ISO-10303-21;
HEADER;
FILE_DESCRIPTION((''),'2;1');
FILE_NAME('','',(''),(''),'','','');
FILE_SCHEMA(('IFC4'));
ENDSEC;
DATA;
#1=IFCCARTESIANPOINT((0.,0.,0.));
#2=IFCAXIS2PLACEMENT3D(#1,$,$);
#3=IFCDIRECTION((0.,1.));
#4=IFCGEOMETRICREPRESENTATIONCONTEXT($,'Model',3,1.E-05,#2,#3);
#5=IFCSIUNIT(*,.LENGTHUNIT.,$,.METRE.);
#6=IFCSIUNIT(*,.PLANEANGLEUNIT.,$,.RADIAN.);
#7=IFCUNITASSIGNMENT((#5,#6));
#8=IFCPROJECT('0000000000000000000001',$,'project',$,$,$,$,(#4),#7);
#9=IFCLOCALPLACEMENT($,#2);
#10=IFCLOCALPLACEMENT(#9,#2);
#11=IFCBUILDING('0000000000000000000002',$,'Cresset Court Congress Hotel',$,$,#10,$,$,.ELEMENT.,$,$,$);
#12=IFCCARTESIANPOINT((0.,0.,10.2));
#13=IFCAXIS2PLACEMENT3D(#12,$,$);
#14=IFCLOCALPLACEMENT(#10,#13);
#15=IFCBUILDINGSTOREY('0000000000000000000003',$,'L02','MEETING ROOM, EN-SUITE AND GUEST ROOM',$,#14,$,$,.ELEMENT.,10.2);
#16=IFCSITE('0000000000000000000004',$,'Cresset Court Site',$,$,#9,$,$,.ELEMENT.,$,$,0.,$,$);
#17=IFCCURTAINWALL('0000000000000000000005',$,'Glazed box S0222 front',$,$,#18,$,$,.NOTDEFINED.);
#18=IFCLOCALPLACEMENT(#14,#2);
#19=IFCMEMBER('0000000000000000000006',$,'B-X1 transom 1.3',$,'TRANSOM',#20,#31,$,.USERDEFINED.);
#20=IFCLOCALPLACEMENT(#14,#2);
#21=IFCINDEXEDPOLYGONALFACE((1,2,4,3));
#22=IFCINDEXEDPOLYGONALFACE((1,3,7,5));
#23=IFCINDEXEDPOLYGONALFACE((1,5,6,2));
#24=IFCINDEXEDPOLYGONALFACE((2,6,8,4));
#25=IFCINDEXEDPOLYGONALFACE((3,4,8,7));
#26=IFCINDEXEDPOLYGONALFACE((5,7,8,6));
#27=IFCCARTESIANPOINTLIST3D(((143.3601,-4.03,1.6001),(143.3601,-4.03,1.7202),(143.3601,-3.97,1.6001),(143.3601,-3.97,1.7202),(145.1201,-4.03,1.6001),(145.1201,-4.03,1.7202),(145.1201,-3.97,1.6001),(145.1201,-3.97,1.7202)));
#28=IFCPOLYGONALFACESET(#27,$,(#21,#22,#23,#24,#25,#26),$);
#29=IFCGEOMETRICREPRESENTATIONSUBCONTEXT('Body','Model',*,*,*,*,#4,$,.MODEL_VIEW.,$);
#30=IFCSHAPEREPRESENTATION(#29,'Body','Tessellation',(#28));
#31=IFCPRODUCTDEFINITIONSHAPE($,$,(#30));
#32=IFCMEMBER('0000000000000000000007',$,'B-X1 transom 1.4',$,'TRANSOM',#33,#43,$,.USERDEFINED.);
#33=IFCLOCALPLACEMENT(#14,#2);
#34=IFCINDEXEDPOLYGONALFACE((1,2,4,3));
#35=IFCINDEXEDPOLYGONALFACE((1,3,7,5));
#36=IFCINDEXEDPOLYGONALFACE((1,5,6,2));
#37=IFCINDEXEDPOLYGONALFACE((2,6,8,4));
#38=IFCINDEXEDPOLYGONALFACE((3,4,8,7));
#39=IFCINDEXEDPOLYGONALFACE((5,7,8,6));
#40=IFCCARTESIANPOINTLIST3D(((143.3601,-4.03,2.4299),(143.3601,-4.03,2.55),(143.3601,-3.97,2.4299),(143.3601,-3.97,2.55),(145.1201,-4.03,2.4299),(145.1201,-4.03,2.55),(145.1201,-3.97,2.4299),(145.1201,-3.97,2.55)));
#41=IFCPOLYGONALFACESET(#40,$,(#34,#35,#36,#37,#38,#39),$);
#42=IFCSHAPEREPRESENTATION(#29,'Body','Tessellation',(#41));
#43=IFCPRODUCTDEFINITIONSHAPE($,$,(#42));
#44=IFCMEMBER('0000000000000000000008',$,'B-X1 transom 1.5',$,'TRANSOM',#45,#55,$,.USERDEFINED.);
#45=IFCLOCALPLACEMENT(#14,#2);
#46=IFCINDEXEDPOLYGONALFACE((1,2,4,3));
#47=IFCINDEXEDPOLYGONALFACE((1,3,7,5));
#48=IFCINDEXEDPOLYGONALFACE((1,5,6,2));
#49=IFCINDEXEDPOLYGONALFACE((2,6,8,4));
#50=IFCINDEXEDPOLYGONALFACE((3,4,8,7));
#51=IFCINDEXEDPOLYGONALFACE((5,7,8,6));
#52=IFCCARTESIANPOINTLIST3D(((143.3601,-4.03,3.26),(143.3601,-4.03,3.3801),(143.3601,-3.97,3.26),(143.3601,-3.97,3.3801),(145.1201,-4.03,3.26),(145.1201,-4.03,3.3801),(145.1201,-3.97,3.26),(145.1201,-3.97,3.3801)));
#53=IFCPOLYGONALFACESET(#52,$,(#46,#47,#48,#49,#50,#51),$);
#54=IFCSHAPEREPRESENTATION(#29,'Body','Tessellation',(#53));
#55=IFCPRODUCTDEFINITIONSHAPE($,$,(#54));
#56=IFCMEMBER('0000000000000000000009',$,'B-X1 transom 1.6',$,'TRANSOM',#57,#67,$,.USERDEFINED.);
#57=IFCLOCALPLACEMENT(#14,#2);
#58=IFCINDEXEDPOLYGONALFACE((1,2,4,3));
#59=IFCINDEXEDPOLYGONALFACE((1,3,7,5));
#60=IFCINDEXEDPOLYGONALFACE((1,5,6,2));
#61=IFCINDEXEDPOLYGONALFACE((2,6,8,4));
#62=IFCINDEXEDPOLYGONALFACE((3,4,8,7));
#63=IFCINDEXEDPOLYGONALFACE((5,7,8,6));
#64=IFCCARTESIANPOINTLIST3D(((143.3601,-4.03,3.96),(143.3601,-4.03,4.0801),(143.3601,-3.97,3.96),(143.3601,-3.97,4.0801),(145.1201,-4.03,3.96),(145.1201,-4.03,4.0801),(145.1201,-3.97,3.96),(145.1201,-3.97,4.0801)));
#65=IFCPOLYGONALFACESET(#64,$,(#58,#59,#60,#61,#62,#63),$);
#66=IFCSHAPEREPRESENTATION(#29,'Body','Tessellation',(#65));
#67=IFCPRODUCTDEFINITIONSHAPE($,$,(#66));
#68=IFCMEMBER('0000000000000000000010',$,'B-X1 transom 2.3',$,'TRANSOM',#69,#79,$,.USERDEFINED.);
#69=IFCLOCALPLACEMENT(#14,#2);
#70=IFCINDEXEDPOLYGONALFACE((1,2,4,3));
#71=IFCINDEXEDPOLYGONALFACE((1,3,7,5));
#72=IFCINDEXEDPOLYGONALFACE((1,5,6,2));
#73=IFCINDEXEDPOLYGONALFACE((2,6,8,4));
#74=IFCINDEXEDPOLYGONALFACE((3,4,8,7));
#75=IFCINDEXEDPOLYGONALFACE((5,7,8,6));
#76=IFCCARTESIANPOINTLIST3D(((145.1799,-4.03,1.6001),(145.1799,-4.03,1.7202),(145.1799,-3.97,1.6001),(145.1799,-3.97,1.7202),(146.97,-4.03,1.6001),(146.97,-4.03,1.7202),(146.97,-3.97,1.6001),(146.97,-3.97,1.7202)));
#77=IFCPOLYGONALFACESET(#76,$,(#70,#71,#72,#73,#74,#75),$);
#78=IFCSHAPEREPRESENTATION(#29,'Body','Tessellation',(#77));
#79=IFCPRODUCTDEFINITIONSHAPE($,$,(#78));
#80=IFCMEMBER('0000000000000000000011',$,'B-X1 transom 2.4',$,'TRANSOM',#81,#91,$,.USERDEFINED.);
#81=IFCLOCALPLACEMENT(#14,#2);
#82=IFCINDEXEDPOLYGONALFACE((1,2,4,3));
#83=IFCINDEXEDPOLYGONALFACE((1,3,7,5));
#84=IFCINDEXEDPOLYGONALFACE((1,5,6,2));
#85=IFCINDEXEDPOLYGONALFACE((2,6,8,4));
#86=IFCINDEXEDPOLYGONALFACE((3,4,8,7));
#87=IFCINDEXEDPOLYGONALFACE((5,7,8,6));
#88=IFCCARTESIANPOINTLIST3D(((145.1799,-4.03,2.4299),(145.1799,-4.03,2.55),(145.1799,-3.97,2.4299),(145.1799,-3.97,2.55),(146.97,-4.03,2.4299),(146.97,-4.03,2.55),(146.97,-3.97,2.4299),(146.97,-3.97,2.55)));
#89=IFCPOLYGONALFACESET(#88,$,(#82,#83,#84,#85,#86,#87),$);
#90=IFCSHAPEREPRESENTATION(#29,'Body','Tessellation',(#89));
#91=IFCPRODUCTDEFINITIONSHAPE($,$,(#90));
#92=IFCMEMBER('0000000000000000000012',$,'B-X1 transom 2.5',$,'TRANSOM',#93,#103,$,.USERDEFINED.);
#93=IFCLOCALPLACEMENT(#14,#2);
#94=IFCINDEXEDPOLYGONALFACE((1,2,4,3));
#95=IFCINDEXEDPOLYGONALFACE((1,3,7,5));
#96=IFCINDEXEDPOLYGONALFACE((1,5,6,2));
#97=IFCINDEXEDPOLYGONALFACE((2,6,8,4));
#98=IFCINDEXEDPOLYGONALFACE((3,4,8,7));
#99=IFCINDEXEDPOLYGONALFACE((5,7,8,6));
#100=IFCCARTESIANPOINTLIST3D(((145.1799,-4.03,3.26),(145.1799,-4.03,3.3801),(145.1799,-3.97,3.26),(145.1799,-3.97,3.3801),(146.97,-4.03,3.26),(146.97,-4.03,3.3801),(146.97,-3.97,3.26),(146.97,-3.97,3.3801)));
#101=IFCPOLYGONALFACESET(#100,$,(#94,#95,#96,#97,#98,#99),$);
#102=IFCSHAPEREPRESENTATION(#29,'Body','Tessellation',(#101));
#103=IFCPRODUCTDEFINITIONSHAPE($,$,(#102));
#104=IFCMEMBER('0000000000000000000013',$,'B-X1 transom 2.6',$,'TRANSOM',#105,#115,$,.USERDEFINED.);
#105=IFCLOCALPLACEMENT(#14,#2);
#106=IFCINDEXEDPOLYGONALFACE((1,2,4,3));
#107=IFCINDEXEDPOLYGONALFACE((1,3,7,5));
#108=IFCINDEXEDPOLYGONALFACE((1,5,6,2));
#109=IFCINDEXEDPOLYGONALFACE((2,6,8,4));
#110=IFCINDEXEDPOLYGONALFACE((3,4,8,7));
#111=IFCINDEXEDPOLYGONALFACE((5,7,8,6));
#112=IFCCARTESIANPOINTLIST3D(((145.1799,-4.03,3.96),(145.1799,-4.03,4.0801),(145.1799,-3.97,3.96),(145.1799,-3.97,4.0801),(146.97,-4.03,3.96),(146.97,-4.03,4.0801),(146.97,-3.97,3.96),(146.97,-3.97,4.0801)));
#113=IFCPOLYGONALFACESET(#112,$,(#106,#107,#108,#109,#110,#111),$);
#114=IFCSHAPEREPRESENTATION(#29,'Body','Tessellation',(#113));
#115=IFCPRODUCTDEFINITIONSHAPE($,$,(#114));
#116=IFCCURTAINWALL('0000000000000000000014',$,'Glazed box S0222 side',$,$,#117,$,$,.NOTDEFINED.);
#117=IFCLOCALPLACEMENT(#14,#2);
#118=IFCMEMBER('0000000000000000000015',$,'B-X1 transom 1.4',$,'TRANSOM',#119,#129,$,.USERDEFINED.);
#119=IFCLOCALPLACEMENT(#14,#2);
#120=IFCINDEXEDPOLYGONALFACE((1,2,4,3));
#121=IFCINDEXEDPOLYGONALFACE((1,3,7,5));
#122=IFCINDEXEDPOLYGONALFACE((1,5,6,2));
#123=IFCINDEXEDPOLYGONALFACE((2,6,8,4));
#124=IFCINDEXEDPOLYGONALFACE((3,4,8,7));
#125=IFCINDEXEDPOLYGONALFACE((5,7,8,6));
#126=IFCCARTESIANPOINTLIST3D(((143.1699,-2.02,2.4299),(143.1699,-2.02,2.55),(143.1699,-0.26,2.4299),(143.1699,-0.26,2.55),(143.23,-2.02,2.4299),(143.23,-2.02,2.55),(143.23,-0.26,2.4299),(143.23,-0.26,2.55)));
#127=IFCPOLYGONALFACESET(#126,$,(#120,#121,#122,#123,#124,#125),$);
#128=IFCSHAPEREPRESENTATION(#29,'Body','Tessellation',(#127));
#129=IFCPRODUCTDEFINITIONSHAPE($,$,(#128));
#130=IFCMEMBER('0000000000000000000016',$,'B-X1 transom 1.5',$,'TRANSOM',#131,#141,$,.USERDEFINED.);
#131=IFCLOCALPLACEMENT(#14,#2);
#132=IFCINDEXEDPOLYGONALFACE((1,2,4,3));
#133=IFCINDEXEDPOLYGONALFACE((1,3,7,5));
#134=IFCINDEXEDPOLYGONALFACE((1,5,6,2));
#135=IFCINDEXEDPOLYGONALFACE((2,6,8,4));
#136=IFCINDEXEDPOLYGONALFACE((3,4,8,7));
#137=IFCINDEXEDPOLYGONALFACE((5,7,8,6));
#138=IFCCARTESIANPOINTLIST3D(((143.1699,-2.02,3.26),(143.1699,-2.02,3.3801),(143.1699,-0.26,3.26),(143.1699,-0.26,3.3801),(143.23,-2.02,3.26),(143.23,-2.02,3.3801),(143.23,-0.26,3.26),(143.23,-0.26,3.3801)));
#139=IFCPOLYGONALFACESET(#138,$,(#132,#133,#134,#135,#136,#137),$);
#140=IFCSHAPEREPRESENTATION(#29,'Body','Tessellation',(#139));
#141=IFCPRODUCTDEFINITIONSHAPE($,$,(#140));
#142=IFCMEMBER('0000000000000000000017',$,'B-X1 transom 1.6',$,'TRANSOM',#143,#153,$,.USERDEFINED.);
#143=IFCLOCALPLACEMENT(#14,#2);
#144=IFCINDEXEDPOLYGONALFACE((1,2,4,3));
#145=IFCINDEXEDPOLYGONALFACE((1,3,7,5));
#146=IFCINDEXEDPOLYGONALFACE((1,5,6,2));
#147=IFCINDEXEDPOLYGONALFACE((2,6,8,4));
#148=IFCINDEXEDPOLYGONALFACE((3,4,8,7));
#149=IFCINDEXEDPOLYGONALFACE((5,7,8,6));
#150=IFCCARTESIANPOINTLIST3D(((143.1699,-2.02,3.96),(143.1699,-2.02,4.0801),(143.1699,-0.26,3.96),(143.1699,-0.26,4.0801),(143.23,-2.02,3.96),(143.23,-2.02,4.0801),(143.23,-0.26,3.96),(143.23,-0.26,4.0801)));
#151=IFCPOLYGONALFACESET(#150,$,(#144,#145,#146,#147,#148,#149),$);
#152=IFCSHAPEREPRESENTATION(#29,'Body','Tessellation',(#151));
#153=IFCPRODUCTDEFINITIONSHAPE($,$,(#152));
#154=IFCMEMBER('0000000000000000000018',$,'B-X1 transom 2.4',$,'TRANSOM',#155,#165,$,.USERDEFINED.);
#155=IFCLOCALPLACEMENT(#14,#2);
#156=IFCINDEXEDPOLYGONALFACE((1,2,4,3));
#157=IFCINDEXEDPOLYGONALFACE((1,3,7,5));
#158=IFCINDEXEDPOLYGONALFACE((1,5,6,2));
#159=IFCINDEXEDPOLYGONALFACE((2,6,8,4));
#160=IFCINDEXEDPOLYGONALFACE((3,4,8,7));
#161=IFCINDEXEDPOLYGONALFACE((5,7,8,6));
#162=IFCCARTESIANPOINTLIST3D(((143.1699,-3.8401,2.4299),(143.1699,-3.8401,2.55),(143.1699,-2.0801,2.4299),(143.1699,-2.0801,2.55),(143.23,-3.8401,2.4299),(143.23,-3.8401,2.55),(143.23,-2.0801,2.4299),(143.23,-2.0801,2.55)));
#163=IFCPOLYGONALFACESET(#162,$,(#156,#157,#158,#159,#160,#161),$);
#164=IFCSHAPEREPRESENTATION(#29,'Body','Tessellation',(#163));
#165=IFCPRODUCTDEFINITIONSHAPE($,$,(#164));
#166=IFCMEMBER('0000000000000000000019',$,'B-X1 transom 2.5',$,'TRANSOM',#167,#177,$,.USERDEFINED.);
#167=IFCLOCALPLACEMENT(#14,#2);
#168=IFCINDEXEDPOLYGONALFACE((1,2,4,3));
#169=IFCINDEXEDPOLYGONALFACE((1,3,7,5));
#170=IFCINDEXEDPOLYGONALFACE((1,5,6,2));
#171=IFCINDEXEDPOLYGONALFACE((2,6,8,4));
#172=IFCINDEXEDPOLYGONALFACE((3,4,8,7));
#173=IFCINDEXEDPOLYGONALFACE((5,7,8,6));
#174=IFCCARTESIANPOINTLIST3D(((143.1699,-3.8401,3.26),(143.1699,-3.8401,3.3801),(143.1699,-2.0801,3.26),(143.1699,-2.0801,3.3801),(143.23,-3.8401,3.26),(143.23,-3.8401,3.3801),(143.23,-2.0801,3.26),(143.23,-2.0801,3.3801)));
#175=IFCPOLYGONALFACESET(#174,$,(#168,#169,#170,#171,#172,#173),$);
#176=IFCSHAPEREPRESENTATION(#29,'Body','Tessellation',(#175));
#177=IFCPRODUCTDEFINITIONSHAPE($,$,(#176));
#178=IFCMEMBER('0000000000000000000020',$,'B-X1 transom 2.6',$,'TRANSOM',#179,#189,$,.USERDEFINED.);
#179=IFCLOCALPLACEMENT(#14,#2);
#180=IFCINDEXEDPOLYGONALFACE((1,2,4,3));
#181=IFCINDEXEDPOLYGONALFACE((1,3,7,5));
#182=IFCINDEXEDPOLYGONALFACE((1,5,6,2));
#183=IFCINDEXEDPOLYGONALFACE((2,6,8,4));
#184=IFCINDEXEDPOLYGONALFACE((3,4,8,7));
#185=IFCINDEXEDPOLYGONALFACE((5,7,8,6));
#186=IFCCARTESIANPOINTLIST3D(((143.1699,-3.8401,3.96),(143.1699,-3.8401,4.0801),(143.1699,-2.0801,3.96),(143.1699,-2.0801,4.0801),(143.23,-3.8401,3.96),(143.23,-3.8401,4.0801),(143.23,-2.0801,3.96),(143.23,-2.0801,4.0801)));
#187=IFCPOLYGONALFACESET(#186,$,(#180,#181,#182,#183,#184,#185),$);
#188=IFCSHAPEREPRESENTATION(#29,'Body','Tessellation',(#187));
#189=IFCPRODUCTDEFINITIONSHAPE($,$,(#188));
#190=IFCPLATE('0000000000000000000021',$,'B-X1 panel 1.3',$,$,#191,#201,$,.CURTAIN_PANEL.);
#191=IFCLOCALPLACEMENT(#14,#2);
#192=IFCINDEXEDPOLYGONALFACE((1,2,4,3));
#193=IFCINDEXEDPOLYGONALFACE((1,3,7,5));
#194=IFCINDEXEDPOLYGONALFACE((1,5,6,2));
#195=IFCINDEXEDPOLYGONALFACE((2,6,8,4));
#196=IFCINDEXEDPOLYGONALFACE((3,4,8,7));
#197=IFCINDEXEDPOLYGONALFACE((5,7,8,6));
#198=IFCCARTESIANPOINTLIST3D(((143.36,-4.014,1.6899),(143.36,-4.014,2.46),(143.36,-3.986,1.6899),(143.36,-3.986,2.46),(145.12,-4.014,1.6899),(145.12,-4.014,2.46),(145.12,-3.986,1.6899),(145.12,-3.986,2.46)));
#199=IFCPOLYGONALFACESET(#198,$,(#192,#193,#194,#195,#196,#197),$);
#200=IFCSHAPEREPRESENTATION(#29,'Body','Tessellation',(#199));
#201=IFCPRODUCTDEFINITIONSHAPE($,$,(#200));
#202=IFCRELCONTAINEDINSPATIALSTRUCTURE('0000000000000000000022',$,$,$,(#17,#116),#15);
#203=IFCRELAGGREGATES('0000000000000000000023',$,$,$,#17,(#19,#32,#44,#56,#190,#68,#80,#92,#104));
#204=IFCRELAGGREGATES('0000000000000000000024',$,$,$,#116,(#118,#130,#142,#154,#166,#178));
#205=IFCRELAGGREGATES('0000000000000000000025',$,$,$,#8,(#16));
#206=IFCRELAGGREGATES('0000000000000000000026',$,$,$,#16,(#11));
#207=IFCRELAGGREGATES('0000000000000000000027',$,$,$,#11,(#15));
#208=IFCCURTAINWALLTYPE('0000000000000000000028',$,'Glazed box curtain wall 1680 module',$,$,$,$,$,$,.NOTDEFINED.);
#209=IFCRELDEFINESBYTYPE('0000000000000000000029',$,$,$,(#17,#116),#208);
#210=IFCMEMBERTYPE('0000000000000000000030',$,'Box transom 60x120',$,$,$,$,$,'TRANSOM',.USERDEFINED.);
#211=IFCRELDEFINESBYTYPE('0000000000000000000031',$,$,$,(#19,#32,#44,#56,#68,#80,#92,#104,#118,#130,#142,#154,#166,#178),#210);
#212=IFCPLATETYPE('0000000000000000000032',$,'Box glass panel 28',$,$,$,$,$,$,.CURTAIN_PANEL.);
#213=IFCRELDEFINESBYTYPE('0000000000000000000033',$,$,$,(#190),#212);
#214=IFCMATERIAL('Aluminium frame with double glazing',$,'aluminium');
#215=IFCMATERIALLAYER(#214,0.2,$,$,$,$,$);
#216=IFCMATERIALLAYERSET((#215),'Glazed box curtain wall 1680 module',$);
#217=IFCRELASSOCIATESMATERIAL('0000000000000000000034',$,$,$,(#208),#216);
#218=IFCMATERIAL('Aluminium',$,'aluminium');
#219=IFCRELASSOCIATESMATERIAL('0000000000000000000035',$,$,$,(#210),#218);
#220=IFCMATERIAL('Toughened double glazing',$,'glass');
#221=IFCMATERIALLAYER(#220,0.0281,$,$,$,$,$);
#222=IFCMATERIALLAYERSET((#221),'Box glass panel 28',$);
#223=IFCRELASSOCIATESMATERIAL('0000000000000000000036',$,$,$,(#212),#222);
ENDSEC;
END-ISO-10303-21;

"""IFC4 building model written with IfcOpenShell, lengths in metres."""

from ifc_helpers import new_model, si_unit, direction, frame, origin, origin_2d, place, context, subcontext, project, spatial, rectangle, extrude, material, layer, layer_set, material_profile, profile_set, type_object, element, aggregate, save


model = new_model("IFC4")

# Units and contexts
model_context = context("Model", 3, precision=1e-05, world=origin(), true_north=direction((0.0, 1.0)))
body_context = subcontext(model_context, "Body", "Model", "MODEL_VIEW")
ifc_project = project(units=[si_unit("LENGTHUNIT", "METRE"), si_unit("PLANEANGLEUNIT", "RADIAN")], contexts=[model_context])

# Site, building, storey
site_placement = place(None, origin())
site = spatial("IfcSite", under=ifc_project, at=site_placement, Name="Cresset Court Site", CompositionType="ELEMENT", RefElevation=0.0)
building_placement = place(site_placement, origin())
building = spatial("IfcBuilding", under=site, at=building_placement, Name="Cresset Court Congress Hotel", CompositionType="ELEMENT")
storey_placement = place(building_placement, frame((0.0, 0.0, 10.2)))
storey = spatial("IfcBuildingStorey", under=building, at=storey_placement, Name="L02", Description="MEETING ROOM, EN-SUITE AND GUEST ROOM", CompositionType="ELEMENT", Elevation=10.2)

# Curtain walls, members
ifc_material_1 = material(Name="Aluminium frame with double glazing", Category="aluminium")
ifc_layer_1 = layer(ifc_material_1, 0.2)
ifc_layer_set_1 = layer_set([ifc_layer_1], Name="Glazed box curtain wall 1680 module")
curtain_wall_type = type_object("IfcCurtainWallType", Name="Glazed box curtain wall 1680 module", PredefinedType="NOTDEFINED", material=ifc_layer_set_1)
curtain_wall_1_placement = place(storey_placement, origin())
curtain_wall_1 = element("IfcCurtainWall", 1, at=curtain_wall_1_placement, inside=storey, type_object=curtain_wall_type, Name="Glazed box S0222 front", PredefinedType="NOTDEFINED")
ifc_material_2 = material(Name="Aluminium", Category="aluminium")
ifc_material_profile = material_profile(ifc_material_2, rectangle(XDim=0.0601, YDim=0.1201, at=origin_2d()), Name="Box transom 60x120")
ifc_profile_set = profile_set([ifc_material_profile], Name="Aluminium")
member_type = type_object("IfcMemberType", Name="Box transom 60x120", ElementType="TRANSOM", PredefinedType="USERDEFINED", material=ifc_profile_set)
member_1_placement = place(storey_placement, frame((143.3601, -4.0, 1.6602), z_axis=(1.0, 0.0, 0.0), x_axis=(0.0, 1.0, 0.0)))
member_1 = element("IfcMember", 2, at=member_1_placement, type_object=member_type, Name="B-X1 transom 1.3", ObjectType="TRANSOM", PredefinedType="USERDEFINED", context=body_context, shape_type="SweptSolid", body=[
    extrude(rectangle(XDim=0.0601, YDim=0.1201, at=origin_2d()), origin(), (0.0, 0.0, 1.0), 1.76),
])
member_2_placement = place(storey_placement, frame((143.3601, -4.0, 2.49), z_axis=(1.0, 0.0, 0.0), x_axis=(0.0, 1.0, 0.0)))
member_2 = element("IfcMember", 3, at=member_2_placement, type_object=member_type, Name="B-X1 transom 1.4", ObjectType="TRANSOM", PredefinedType="USERDEFINED", context=body_context, shape_type="SweptSolid", body=[
    extrude(rectangle(XDim=0.0601, YDim=0.1201, at=origin_2d()), origin(), (0.0, 0.0, 1.0), 1.76),
])
member_3_placement = place(storey_placement, frame((143.3601, -4.0, 3.3201), z_axis=(1.0, 0.0, 0.0), x_axis=(0.0, 1.0, 0.0)))
member_3 = element("IfcMember", 4, at=member_3_placement, type_object=member_type, Name="B-X1 transom 1.5", ObjectType="TRANSOM", PredefinedType="USERDEFINED", context=body_context, shape_type="SweptSolid", body=[
    extrude(rectangle(XDim=0.0601, YDim=0.1201, at=origin_2d()), origin(), (0.0, 0.0, 1.0), 1.76),
])
member_4_placement = place(storey_placement, frame((143.3601, -4.0, 4.02), z_axis=(1.0, 0.0, 0.0), x_axis=(0.0, 1.0, 0.0)))
member_4 = element("IfcMember", 5, at=member_4_placement, type_object=member_type, Name="B-X1 transom 1.6", ObjectType="TRANSOM", PredefinedType="USERDEFINED", context=body_context, shape_type="SweptSolid", body=[
    extrude(rectangle(XDim=0.0601, YDim=0.1201, at=origin_2d()), origin(), (0.0, 0.0, 1.0), 1.76),
])
member_5_placement = place(storey_placement, frame((145.1799, -4.0, 1.6602), z_axis=(1.0, 0.0, 0.0), x_axis=(0.0, 1.0, 0.0)))
member_5 = element("IfcMember", 6, at=member_5_placement, type_object=member_type, Name="B-X1 transom 2.3", ObjectType="TRANSOM", PredefinedType="USERDEFINED", context=body_context, shape_type="SweptSolid", body=[
    extrude(rectangle(XDim=0.0601, YDim=0.1201, at=origin_2d()), origin(), (0.0, 0.0, 1.0), 1.79),
])
member_6_placement = place(storey_placement, frame((145.1799, -4.0, 2.49), z_axis=(1.0, 0.0, 0.0), x_axis=(0.0, 1.0, 0.0)))
member_6 = element("IfcMember", 7, at=member_6_placement, type_object=member_type, Name="B-X1 transom 2.4", ObjectType="TRANSOM", PredefinedType="USERDEFINED", context=body_context, shape_type="SweptSolid", body=[
    extrude(rectangle(XDim=0.0601, YDim=0.1201, at=origin_2d()), origin(), (0.0, 0.0, 1.0), 1.79),
])
member_7_placement = place(storey_placement, frame((145.1799, -4.0, 3.3201), z_axis=(1.0, 0.0, 0.0), x_axis=(0.0, 1.0, 0.0)))
member_7 = element("IfcMember", 8, at=member_7_placement, type_object=member_type, Name="B-X1 transom 2.5", ObjectType="TRANSOM", PredefinedType="USERDEFINED", context=body_context, shape_type="SweptSolid", body=[
    extrude(rectangle(XDim=0.0601, YDim=0.1201, at=origin_2d()), origin(), (0.0, 0.0, 1.0), 1.79),
])
member_8_placement = place(storey_placement, frame((145.1799, -4.0, 4.02), z_axis=(1.0, 0.0, 0.0), x_axis=(0.0, 1.0, 0.0)))
member_8 = element("IfcMember", 9, at=member_8_placement, type_object=member_type, Name="B-X1 transom 2.6", ObjectType="TRANSOM", PredefinedType="USERDEFINED", context=body_context, shape_type="SweptSolid", body=[
    extrude(rectangle(XDim=0.0601, YDim=0.1201, at=origin_2d()), origin(), (0.0, 0.0, 1.0), 1.79),
])
curtain_wall_2_placement = place(storey_placement, origin())
curtain_wall_2 = element("IfcCurtainWall", 10, at=curtain_wall_2_placement, inside=storey, type_object=curtain_wall_type, Name="Glazed box S0222 side", PredefinedType="NOTDEFINED")
member_9_placement = place(storey_placement, frame((143.2, -0.26, 2.49), z_axis=(0.0, -1.0, 0.0), x_axis=(1.0, 0.0, 0.0)))
member_9 = element("IfcMember", 11, at=member_9_placement, type_object=member_type, Name="B-X1 transom 1.4", ObjectType="TRANSOM", PredefinedType="USERDEFINED", context=body_context, shape_type="SweptSolid", body=[
    extrude(rectangle(XDim=0.0601, YDim=0.1201, at=origin_2d()), origin(), (0.0, 0.0, 1.0), 1.76),
])
member_10_placement = place(storey_placement, frame((143.2, -0.26, 3.3201), z_axis=(0.0, -1.0, 0.0), x_axis=(1.0, 0.0, 0.0)))
member_10 = element("IfcMember", 12, at=member_10_placement, type_object=member_type, Name="B-X1 transom 1.5", ObjectType="TRANSOM", PredefinedType="USERDEFINED", context=body_context, shape_type="SweptSolid", body=[
    extrude(rectangle(XDim=0.0601, YDim=0.1201, at=origin_2d()), origin(), (0.0, 0.0, 1.0), 1.76),
])
member_11_placement = place(storey_placement, frame((143.2, -0.26, 4.02), z_axis=(0.0, -1.0, 0.0), x_axis=(1.0, 0.0, 0.0)))
member_11 = element("IfcMember", 13, at=member_11_placement, type_object=member_type, Name="B-X1 transom 1.6", ObjectType="TRANSOM", PredefinedType="USERDEFINED", context=body_context, shape_type="SweptSolid", body=[
    extrude(rectangle(XDim=0.0601, YDim=0.1201, at=origin_2d()), origin(), (0.0, 0.0, 1.0), 1.76),
])
member_12_placement = place(storey_placement, frame((143.2, -2.0801, 2.49), z_axis=(0.0, -1.0, 0.0), x_axis=(1.0, 0.0, 0.0)))
member_12 = element("IfcMember", 14, at=member_12_placement, type_object=member_type, Name="B-X1 transom 2.4", ObjectType="TRANSOM", PredefinedType="USERDEFINED", context=body_context, shape_type="SweptSolid", body=[
    extrude(rectangle(XDim=0.0601, YDim=0.1201, at=origin_2d()), origin(), (0.0, 0.0, 1.0), 1.76),
])
member_13_placement = place(storey_placement, frame((143.2, -2.0801, 3.3201), z_axis=(0.0, -1.0, 0.0), x_axis=(1.0, 0.0, 0.0)))
member_13 = element("IfcMember", 15, at=member_13_placement, type_object=member_type, Name="B-X1 transom 2.5", ObjectType="TRANSOM", PredefinedType="USERDEFINED", context=body_context, shape_type="SweptSolid", body=[
    extrude(rectangle(XDim=0.0601, YDim=0.1201, at=origin_2d()), origin(), (0.0, 0.0, 1.0), 1.76),
])
member_14_placement = place(storey_placement, frame((143.2, -2.0801, 4.02), z_axis=(0.0, -1.0, 0.0), x_axis=(1.0, 0.0, 0.0)))
member_14 = element("IfcMember", 16, at=member_14_placement, type_object=member_type, Name="B-X1 transom 2.6", ObjectType="TRANSOM", PredefinedType="USERDEFINED", context=body_context, shape_type="SweptSolid", body=[
    extrude(rectangle(XDim=0.0601, YDim=0.1201, at=origin_2d()), origin(), (0.0, 0.0, 1.0), 1.76),
])

# Plate
ifc_material_3 = material(Name="Toughened double glazing", Category="glass")
ifc_layer_2 = layer(ifc_material_3, 0.0281)
ifc_layer_set_2 = layer_set([ifc_layer_2], Name="Box glass panel 28")
plate_type_1 = type_object("IfcPlateType", Name="Box glass panel 28", PredefinedType="CURTAIN_PANEL", material=ifc_layer_set_2)
plate_1_placement = place(storey_placement, frame((144.24, -4.0, 1.6899), z_axis=(0.0, 0.0, 1.0), x_axis=(1.0, 0.0, 0.0)))
plate_1 = element("IfcPlate", 17, at=plate_1_placement, type_object=plate_type_1, Name="B-X1 panel 1.3", PredefinedType="CURTAIN_PANEL", context=body_context, shape_type="SweptSolid", body=[
    extrude(rectangle(XDim=1.76, YDim=0.0281, at=origin_2d()), origin(), (0.0, 0.0, 1.0), 0.77),
])
aggregate(curtain_wall_1, [member_1, member_2, member_3, member_4, plate_1, member_5, member_6, member_7, member_8])
aggregate(curtain_wall_2, [member_9, member_10, member_11, member_12, member_13, member_14])

save(model, "model.ifc")
